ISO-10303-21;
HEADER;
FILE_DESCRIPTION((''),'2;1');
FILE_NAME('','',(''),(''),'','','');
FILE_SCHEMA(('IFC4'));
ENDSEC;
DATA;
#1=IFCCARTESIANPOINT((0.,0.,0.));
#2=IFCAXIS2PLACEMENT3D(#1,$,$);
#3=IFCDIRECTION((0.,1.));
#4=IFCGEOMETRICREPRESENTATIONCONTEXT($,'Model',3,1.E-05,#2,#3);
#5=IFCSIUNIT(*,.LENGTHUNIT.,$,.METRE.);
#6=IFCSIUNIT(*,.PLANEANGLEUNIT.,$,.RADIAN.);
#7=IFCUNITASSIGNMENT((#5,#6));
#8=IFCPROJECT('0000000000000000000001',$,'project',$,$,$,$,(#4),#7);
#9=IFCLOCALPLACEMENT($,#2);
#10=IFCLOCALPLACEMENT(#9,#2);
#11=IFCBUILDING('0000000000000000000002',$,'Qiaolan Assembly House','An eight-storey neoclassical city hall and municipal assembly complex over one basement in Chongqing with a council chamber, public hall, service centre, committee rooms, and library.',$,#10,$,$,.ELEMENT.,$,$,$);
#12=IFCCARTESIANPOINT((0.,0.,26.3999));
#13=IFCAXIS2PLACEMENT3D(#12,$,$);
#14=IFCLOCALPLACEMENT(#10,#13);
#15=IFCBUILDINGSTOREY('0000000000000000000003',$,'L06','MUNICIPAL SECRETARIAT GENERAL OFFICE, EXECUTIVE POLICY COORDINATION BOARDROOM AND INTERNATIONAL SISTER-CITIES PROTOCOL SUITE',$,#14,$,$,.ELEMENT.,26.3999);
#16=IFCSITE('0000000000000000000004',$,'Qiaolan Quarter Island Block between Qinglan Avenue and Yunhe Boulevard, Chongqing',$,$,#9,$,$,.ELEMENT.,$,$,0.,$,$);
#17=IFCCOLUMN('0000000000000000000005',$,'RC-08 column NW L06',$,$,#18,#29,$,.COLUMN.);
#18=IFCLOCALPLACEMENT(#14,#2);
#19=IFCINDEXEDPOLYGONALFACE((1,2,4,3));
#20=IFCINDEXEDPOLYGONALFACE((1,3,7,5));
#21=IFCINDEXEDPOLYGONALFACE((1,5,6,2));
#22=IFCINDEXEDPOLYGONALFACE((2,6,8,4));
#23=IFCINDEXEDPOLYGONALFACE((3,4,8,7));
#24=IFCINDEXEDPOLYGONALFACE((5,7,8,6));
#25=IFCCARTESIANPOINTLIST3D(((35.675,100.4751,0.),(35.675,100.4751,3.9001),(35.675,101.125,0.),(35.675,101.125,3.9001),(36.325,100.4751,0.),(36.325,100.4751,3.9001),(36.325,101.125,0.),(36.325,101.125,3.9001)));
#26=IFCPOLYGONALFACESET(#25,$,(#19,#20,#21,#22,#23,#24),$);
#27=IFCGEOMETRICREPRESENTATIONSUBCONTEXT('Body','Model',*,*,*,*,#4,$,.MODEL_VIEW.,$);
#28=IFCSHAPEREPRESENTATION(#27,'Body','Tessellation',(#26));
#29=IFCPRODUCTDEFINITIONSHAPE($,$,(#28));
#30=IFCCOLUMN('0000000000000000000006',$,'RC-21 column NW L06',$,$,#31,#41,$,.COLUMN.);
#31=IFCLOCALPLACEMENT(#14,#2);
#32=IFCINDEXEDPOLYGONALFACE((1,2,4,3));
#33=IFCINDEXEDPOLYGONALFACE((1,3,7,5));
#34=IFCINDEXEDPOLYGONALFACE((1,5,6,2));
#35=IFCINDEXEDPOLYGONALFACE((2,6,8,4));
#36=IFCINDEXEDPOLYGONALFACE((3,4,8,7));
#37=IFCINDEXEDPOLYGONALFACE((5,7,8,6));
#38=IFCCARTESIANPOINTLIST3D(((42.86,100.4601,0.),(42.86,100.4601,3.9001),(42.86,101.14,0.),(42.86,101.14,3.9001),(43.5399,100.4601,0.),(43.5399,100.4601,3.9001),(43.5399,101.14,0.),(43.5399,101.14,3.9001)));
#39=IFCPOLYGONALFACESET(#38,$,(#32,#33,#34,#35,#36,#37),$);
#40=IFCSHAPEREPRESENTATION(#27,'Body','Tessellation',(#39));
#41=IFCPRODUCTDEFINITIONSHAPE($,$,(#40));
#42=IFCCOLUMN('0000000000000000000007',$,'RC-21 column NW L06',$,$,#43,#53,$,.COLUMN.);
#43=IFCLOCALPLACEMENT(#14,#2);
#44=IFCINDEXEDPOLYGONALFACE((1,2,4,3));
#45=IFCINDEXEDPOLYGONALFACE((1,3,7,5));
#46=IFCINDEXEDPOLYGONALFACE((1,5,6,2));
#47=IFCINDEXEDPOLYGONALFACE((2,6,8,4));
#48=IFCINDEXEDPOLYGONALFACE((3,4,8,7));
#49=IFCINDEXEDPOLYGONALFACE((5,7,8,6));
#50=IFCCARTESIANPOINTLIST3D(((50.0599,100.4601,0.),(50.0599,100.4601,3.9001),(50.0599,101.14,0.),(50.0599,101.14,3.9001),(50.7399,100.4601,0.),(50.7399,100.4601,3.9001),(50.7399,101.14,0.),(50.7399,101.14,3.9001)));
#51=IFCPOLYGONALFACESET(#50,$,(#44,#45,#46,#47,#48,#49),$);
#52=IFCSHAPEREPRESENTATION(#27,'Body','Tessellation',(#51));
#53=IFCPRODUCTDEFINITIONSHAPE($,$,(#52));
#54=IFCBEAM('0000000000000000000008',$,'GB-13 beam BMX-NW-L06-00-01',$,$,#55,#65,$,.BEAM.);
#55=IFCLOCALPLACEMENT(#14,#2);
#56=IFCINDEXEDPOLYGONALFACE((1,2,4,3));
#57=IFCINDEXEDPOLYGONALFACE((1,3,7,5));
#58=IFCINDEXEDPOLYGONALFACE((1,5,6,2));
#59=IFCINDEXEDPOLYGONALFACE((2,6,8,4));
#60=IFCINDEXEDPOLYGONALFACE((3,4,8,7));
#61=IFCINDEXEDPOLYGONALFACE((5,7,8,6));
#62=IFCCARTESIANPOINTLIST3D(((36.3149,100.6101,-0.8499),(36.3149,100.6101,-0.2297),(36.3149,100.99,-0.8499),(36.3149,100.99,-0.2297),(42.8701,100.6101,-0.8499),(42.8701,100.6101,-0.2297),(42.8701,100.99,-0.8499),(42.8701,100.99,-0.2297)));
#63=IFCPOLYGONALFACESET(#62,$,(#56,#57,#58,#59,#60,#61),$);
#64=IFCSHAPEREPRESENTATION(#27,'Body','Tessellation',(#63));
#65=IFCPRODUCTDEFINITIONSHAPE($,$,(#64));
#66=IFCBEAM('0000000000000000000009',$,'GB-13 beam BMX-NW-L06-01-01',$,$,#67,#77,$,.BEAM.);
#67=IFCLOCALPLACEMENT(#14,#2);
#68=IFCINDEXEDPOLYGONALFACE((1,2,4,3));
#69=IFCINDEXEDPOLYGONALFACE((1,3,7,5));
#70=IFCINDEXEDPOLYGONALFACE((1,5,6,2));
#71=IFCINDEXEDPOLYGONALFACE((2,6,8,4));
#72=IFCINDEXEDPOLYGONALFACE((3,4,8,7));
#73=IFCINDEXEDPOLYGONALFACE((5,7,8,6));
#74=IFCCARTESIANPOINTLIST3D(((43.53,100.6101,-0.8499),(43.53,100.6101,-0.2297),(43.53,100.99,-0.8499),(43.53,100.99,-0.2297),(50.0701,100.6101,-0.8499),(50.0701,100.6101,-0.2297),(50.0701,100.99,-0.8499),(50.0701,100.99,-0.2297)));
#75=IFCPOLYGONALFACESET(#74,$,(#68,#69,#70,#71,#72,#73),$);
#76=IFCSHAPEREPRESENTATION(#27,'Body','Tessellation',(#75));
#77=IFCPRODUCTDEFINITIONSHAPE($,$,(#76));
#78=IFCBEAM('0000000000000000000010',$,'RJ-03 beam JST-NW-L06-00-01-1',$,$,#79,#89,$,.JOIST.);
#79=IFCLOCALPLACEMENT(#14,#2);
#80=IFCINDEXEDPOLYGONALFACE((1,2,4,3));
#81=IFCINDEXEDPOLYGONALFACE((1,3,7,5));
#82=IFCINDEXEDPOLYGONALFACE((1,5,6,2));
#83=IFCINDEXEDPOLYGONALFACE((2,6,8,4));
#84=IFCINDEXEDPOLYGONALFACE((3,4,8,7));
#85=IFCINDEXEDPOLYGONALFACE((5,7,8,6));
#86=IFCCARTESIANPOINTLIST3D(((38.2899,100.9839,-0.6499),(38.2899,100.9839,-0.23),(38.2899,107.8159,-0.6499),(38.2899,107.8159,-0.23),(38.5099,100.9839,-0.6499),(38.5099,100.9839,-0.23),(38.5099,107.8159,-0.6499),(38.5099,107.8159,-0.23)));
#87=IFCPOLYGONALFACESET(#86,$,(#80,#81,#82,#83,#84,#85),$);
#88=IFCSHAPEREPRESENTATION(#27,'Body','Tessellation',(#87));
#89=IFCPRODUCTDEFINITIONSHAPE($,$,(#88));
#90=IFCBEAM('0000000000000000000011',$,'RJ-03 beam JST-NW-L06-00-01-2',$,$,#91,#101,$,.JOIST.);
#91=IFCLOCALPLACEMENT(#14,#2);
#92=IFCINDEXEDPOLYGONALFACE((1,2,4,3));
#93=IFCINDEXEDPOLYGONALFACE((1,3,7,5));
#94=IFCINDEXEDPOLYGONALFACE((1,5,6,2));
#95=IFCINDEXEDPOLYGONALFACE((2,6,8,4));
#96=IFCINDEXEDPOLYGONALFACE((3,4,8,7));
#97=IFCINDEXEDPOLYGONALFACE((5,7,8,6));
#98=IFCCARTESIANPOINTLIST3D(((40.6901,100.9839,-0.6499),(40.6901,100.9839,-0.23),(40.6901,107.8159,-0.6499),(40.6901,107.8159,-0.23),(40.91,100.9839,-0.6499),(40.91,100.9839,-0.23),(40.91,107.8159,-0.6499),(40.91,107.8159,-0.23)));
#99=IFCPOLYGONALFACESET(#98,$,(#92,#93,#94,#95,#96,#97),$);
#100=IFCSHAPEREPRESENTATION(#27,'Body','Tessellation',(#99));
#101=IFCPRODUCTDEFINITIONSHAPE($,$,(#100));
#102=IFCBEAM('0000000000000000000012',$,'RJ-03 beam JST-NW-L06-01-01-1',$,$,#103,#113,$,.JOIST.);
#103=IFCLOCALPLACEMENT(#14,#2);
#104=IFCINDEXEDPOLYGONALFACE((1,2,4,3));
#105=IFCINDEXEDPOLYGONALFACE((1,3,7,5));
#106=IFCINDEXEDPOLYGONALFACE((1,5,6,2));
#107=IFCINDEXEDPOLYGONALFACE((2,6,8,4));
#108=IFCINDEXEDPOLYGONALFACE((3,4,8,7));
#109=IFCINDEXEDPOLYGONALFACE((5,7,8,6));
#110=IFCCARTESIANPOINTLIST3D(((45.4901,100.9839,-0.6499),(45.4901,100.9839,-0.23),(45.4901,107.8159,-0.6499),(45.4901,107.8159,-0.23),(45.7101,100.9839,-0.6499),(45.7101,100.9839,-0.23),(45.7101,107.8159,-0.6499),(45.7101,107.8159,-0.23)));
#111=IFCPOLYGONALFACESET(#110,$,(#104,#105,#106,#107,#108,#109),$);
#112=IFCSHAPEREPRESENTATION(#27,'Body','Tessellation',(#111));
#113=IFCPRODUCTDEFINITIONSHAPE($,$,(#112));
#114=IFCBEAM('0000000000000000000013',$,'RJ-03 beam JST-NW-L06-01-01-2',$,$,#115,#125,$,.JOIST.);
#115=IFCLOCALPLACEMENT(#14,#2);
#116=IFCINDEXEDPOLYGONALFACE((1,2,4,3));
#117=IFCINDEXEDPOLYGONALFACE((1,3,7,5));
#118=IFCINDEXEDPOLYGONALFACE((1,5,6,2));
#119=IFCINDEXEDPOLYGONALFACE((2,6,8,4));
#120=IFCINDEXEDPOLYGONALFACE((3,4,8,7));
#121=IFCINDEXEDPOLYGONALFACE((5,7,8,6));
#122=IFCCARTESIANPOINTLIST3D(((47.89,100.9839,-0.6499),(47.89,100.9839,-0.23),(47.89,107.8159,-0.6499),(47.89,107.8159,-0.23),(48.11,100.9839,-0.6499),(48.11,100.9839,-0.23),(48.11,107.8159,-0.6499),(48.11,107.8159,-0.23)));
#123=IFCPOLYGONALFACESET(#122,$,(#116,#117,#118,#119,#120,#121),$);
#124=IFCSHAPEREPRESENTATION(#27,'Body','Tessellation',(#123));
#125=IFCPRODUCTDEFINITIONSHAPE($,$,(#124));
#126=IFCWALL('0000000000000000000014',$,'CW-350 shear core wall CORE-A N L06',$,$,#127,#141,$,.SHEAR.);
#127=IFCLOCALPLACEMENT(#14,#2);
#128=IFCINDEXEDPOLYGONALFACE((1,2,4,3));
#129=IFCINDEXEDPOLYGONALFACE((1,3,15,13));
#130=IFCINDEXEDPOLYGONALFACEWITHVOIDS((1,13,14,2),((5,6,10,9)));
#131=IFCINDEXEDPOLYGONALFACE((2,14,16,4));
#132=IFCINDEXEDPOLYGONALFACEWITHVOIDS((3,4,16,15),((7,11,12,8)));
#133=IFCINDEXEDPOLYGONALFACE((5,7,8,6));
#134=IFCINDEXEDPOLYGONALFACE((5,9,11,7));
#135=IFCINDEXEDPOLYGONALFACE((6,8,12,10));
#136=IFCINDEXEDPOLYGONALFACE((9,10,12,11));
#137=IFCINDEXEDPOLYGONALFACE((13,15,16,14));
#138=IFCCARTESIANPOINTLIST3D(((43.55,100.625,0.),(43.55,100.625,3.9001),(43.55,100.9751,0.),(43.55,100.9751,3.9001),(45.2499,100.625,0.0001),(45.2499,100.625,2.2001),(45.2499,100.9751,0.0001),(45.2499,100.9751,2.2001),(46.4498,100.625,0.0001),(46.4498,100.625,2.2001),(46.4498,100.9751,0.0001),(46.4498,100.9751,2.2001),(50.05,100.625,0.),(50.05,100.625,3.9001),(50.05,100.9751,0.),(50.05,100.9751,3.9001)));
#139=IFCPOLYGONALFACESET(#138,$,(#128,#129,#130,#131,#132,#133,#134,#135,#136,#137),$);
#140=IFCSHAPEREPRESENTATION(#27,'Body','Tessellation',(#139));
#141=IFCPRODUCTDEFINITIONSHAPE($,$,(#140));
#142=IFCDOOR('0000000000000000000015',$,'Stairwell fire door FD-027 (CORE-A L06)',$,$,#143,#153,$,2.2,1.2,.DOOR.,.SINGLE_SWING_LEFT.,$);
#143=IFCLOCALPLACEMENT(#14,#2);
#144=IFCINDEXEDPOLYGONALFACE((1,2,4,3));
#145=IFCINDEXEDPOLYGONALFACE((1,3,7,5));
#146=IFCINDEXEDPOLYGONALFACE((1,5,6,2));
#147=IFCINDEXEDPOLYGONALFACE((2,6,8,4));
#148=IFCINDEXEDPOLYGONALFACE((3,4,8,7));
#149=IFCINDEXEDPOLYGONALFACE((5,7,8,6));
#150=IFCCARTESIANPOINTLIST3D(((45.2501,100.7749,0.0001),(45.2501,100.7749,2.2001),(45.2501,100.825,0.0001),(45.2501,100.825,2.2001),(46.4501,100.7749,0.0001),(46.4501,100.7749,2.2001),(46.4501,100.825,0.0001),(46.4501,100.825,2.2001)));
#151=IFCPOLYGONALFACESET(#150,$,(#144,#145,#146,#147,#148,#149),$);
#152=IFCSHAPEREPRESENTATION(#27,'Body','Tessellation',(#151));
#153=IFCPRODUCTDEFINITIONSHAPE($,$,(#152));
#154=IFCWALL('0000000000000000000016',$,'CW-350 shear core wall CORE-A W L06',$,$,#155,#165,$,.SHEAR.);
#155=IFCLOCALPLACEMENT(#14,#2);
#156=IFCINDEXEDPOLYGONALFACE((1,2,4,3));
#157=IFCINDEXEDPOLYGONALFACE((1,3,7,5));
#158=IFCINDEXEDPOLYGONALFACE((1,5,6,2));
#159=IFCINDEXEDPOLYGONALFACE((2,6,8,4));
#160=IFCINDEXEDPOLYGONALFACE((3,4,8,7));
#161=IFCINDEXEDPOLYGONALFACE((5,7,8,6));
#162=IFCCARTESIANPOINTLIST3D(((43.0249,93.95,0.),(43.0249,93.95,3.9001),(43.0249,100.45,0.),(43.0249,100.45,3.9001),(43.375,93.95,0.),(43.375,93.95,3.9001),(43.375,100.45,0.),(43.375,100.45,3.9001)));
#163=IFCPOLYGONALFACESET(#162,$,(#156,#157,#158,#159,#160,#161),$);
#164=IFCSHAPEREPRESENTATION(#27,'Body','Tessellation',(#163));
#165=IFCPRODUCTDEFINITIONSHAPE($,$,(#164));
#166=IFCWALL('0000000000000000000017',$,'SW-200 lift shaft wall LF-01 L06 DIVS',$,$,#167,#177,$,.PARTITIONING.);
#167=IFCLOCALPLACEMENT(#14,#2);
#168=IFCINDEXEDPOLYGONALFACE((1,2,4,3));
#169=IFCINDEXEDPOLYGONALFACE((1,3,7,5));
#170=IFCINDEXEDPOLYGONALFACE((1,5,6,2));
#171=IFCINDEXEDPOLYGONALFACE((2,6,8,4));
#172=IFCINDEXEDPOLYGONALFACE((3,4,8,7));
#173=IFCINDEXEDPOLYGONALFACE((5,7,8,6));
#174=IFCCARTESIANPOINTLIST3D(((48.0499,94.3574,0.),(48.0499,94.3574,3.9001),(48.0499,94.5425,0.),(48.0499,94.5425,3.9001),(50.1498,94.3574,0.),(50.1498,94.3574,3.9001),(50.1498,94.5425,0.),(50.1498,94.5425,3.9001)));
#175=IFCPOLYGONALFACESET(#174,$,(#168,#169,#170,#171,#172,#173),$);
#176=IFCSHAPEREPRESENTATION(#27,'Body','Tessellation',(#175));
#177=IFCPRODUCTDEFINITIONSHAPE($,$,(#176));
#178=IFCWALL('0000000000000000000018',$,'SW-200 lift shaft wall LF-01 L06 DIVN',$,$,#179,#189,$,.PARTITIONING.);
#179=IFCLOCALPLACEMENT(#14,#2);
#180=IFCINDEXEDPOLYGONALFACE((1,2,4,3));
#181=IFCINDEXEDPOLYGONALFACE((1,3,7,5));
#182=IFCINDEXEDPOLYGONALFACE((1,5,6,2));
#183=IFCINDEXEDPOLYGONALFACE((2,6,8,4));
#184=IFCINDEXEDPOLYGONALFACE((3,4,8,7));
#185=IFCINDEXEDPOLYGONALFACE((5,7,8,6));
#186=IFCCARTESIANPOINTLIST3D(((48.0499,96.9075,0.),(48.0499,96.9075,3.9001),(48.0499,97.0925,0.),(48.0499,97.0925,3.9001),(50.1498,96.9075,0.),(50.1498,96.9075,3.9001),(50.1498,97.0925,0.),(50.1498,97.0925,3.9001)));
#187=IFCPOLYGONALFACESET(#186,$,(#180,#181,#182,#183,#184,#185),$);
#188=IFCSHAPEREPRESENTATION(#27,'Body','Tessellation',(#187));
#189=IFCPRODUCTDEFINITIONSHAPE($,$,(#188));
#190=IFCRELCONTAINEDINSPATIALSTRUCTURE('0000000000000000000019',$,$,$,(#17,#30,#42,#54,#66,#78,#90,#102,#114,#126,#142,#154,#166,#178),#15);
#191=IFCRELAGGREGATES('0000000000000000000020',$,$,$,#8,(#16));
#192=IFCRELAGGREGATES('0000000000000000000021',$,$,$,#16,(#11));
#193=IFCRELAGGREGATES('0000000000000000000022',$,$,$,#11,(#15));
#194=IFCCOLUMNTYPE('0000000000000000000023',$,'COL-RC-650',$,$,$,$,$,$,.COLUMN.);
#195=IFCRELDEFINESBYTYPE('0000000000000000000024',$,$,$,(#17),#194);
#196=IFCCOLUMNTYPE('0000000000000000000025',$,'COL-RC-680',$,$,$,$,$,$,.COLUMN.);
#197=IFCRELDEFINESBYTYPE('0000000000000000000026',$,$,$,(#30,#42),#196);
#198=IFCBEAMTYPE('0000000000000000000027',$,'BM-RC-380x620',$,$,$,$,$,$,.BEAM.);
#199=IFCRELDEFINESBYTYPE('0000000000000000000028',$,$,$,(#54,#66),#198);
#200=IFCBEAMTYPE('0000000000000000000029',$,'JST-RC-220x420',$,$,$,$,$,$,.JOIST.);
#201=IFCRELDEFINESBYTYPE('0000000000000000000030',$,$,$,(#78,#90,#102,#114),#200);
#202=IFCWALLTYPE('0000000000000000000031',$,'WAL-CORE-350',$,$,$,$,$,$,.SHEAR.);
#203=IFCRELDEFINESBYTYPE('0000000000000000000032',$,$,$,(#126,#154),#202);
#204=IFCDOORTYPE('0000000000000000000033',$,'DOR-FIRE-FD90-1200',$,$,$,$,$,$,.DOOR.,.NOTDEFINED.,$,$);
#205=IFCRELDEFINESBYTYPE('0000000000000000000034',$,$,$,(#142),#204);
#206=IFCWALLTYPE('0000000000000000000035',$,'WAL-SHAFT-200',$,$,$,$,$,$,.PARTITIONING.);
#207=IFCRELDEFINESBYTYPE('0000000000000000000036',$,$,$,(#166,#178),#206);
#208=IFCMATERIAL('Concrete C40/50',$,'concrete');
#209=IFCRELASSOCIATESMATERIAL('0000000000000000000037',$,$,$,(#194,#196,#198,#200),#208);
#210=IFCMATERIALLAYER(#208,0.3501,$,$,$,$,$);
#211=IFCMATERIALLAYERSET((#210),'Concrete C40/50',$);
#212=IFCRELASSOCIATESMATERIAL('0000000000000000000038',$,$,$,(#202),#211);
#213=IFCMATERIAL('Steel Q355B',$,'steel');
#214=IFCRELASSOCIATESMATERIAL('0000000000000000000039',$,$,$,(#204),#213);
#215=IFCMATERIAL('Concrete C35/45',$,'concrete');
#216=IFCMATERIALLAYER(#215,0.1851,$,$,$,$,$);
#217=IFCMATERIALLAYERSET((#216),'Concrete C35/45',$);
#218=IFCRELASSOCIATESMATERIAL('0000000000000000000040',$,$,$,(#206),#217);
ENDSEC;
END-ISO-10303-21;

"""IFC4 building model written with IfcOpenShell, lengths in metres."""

from ifc_helpers import new_model, si_unit, direction, frame, frame_2d, origin, origin_2d, place, context, subcontext, project, spatial, rectangle, extrude, material, layer, layer_set, material_profile, profile_set, type_object, element, fill, save


model = new_model("IFC4")

# Units and contexts
model_context = context("Model", 3, precision=1e-05, world=origin(), true_north=direction((0.0, 1.0)))
body_context = subcontext(model_context, "Body", "Model", "MODEL_VIEW")
ifc_project = project(units=[si_unit("LENGTHUNIT", "METRE"), si_unit("PLANEANGLEUNIT", "RADIAN")], contexts=[model_context])

# Site, building, storey
site_placement = place(None, origin())
site = spatial("IfcSite", under=ifc_project, at=site_placement, Name="Qiaolan Quarter Island Block between Qinglan Avenue and Yunhe Boulevard, Chongqing", CompositionType="ELEMENT", RefElevation=0.0)
building_placement = place(site_placement, origin())
building = spatial("IfcBuilding", under=site, at=building_placement, Name="Qiaolan Assembly House", Description="An eight-storey neoclassical city hall and municipal assembly complex over one basement in Chongqing with a council chamber, public hall, service centre, committee rooms, and library.", CompositionType="ELEMENT")
storey_placement = place(building_placement, frame((0.0, 0.0, 26.3999)))
storey = spatial("IfcBuildingStorey", under=building, at=storey_placement, Name="L06", Description="MUNICIPAL SECRETARIAT GENERAL OFFICE, EXECUTIVE POLICY COORDINATION BOARDROOM AND INTERNATIONAL SISTER-CITIES PROTOCOL SUITE", CompositionType="ELEMENT", Elevation=26.3999)

# Columns
ifc_material_1 = material(Name="Concrete C40/50", Category="concrete")
ifc_material_profile_1 = material_profile(ifc_material_1, rectangle(XDim=0.6499, YDim=0.6499, at=origin_2d()), Name="RC 650x650")
ifc_profile_set_1 = profile_set([ifc_material_profile_1], Name="Concrete C40/50")
column_type_1 = type_object("IfcColumnType", Name="COL-RC-650", PredefinedType="COLUMN", material=ifc_profile_set_1)
column_placement = place(storey_placement, frame((36.0, 100.8, 0.0), z_axis=(0.0, 0.0, 1.0), x_axis=(1.0, 0.0, 0.0)))
element("IfcColumn", 1, at=column_placement, inside=storey, type_object=column_type_1, Name="RC-08 column NW L06", PredefinedType="COLUMN", context=body_context, shape_type="SweptSolid", body=[
    extrude(rectangle(XDim=0.6499, YDim=0.6499, at=origin_2d()), origin(), (0.0, 0.0, 1.0), 3.9001),
])
ifc_material_profile_2 = material_profile(ifc_material_1, rectangle(XDim=0.6799, YDim=0.6799, at=origin_2d()), Name="RC 680x680")
ifc_profile_set_2 = profile_set([ifc_material_profile_2], Name="Concrete C40/50")
column_type_2 = type_object("IfcColumnType", Name="COL-RC-680", PredefinedType="COLUMN", material=ifc_profile_set_2)
for number, where, z_axis, x_axis, name in (
    (2, (43.2, 100.8, 0.0), (0.0, 0.0, 1.0), (1.0, 0.0, 0.0), "RC-21 column NW L06"),
    (3, (50.3999, 100.8, 0.0), (0.0, 0.0, 1.0), (1.0, 0.0, 0.0), "RC-21 column NW L06"),
):
    element("IfcColumn", number, at=place(storey_placement, frame(where, z_axis=z_axis, x_axis=x_axis)), inside=storey, type_object=column_type_2, Name=name, PredefinedType="COLUMN", context=body_context, shape_type="SweptSolid", body=[
        extrude(rectangle(XDim=0.6799, YDim=0.6799, at=origin_2d()), origin(), (0.0, 0.0, 1.0), 3.9001),
    ])

# Beams
ifc_material_profile_3 = material_profile(ifc_material_1, rectangle(XDim=0.3799, YDim=0.6201, at=origin_2d()), Name="RCB 380x620")
ifc_profile_set_3 = profile_set([ifc_material_profile_3], Name="Concrete C40/50")
beam_type_1 = type_object("IfcBeamType", Name="BM-RC-380x620", PredefinedType="BEAM", material=ifc_profile_set_3)
beam_1_placement = place(storey_placement, frame((36.3149, 100.8, -0.5398), z_axis=(1.0, 0.0, 0.0), x_axis=(0.0, 1.0, 0.0)))
element("IfcBeam", 4, at=beam_1_placement, inside=storey, type_object=beam_type_1, Name="GB-13 beam BMX-NW-L06-00-01", PredefinedType="BEAM", context=body_context, shape_type="SweptSolid", body=[
    extrude(rectangle(XDim=0.3799, YDim=0.6201, at=origin_2d()), origin(), (0.0, 0.0, 1.0), 6.5552),
])
beam_2_placement = place(storey_placement, frame((43.53, 100.8, -0.5398), z_axis=(1.0, 0.0, 0.0), x_axis=(0.0, 1.0, 0.0)))
element("IfcBeam", 5, at=beam_2_placement, inside=storey, type_object=beam_type_1, Name="GB-13 beam BMX-NW-L06-01-01", PredefinedType="BEAM", context=body_context, shape_type="SweptSolid", body=[
    extrude(rectangle(XDim=0.3799, YDim=0.6201, at=origin_2d()), origin(), (0.0, 0.0, 1.0), 6.54),
])
ifc_material_profile_4 = material_profile(ifc_material_1, rectangle(XDim=0.22, YDim=0.4199, at=origin_2d()), Name="RCB 220x420")
ifc_profile_set_4 = profile_set([ifc_material_profile_4], Name="Concrete C40/50")
beam_type_2 = type_object("IfcBeamType", Name="JST-RC-220x420", PredefinedType="JOIST", material=ifc_profile_set_4)
for number, where, z_axis, x_axis, name in (
    (6, (38.3999, 100.9839, -0.4399), (0.0, 1.0, 0.0), (-1.0, 0.0, 0.0), "RJ-03 beam JST-NW-L06-00-01-1"),
    (7, (40.8, 100.9839, -0.4399), (0.0, 1.0, 0.0), (-1.0, 0.0, 0.0), "RJ-03 beam JST-NW-L06-00-01-2"),
    (8, (45.6001, 100.9839, -0.4399), (0.0, 1.0, 0.0), (-1.0, 0.0, 0.0), "RJ-03 beam JST-NW-L06-01-01-1"),
    (9, (48.0, 100.9839, -0.4399), (0.0, 1.0, 0.0), (-1.0, 0.0, 0.0), "RJ-03 beam JST-NW-L06-01-01-2"),
):
    element("IfcBeam", number, at=place(storey_placement, frame(where, z_axis=z_axis, x_axis=x_axis)), inside=storey, type_object=beam_type_2, Name=name, PredefinedType="JOIST", context=body_context, shape_type="SweptSolid", body=[
        extrude(rectangle(XDim=0.22, YDim=0.4199, at=origin_2d()), origin(), (0.0, 0.0, 1.0), 6.832),
    ])

# Wall, opening, door
ifc_layer_1 = layer(ifc_material_1, 0.3501)
ifc_layer_set_1 = layer_set([ifc_layer_1], Name="Concrete C40/50")
wall_type_1 = type_object("IfcWallType", Name="WAL-CORE-350", PredefinedType="SHEAR", material=ifc_layer_set_1)
wall_1_placement = place(storey_placement, frame((50.05, 100.8, 0.0), z_axis=(0.0, 0.0, 1.0), x_axis=(-1.0, 0.0, 0.0)))
wall_1 = element("IfcWall", 10, at=wall_1_placement, inside=storey, type_object=wall_type_1, Name="CW-350 shear core wall CORE-A N L06", PredefinedType="SHEAR", context=body_context, shape_type="SweptSolid", body=[
    extrude(rectangle(XDim=6.5, YDim=0.3501, at=frame_2d((3.25, 0.0))), origin(), (0.0, 0.0, 1.0), 3.9001),
])
opening_placement = place(wall_1_placement, frame((3.6001, 0.0, 0.0)))
opening = element("IfcOpeningElement", 11, at=opening_placement, cuts=wall_1, PredefinedType="OPENING", context=body_context, shape_type="SweptSolid", body=[
    extrude(rectangle(XDim=1.2, YDim=2.2, at=frame_2d((0.6001, 1.1001))), frame((0.0, 0.1851, 0.0), z_axis=(0.0, -1.0, 0.0), x_axis=(1.0, 0.0, 0.0)), (0.0, 0.0, 1.0), 0.3701),
])
ifc_material_2 = material(Name="Steel Q355B", Category="steel")
door_type = type_object("IfcDoorType", Name="DOR-FIRE-FD90-1200", OperationType="NOTDEFINED", PredefinedType="DOOR", material=ifc_material_2)
door_placement = place(opening_placement, frame((1.2, 0.0, 0.0), z_axis=(0.0, 0.0, 1.0), x_axis=(-1.0, 0.0, 0.0)))
door = element("IfcDoor", 12, at=door_placement, inside=storey, type_object=door_type, Name="Stairwell fire door FD-027 (CORE-A L06)", OperationType="SINGLE_SWING_LEFT", OverallHeight=2.2, OverallWidth=1.2, PredefinedType="DOOR", context=body_context, shape_type="SweptSolid", body=[
    extrude(rectangle(XDim=1.2, YDim=2.2, at=frame_2d((0.6001, 1.1001))), frame((0.0, 0.0249, 0.0), z_axis=(0.0, -1.0, 0.0), x_axis=(1.0, 0.0, 0.0)), (0.0, 0.0, 1.0), 0.05),
])
fill(opening, door)

# Walls
wall_2_placement = place(storey_placement, frame((43.2, 100.45, 0.0), z_axis=(0.0, 0.0, 1.0), x_axis=(0.0, -1.0, 0.0)))
element("IfcWall", 13, at=wall_2_placement, inside=storey, type_object=wall_type_1, Name="CW-350 shear core wall CORE-A W L06", PredefinedType="SHEAR", context=body_context, shape_type="SweptSolid", body=[
    extrude(rectangle(XDim=6.5, YDim=0.3501, at=frame_2d((3.25, 0.0))), origin(), (0.0, 0.0, 1.0), 3.9001),
])
ifc_material_3 = material(Name="Concrete C35/45", Category="concrete")
ifc_layer_2 = layer(ifc_material_3, 0.1851)
ifc_layer_set_2 = layer_set([ifc_layer_2], Name="Concrete C35/45")
wall_type_2 = type_object("IfcWallType", Name="WAL-SHAFT-200", PredefinedType="PARTITIONING", material=ifc_layer_set_2)
for number, where, z_axis, x_axis, name in (
    (14, (48.05, 94.45, 0.0), (0.0, 0.0, 1.0), (1.0, 0.0, 0.0), "SW-200 lift shaft wall LF-01 L06 DIVS"),
    (15, (48.05, 97.0, 0.0), (0.0, 0.0, 1.0), (1.0, 0.0, 0.0), "SW-200 lift shaft wall LF-01 L06 DIVN"),
):
    element("IfcWall", number, at=place(storey_placement, frame(where, z_axis=z_axis, x_axis=x_axis)), inside=storey, type_object=wall_type_2, Name=name, PredefinedType="PARTITIONING", context=body_context, shape_type="SweptSolid", body=[
        extrude(rectangle(XDim=2.0999, YDim=0.1851, at=frame_2d((1.0498, 0.0))), origin(), (0.0, 0.0, 1.0), 3.9001),
    ])

save(model, "model.ifc")
